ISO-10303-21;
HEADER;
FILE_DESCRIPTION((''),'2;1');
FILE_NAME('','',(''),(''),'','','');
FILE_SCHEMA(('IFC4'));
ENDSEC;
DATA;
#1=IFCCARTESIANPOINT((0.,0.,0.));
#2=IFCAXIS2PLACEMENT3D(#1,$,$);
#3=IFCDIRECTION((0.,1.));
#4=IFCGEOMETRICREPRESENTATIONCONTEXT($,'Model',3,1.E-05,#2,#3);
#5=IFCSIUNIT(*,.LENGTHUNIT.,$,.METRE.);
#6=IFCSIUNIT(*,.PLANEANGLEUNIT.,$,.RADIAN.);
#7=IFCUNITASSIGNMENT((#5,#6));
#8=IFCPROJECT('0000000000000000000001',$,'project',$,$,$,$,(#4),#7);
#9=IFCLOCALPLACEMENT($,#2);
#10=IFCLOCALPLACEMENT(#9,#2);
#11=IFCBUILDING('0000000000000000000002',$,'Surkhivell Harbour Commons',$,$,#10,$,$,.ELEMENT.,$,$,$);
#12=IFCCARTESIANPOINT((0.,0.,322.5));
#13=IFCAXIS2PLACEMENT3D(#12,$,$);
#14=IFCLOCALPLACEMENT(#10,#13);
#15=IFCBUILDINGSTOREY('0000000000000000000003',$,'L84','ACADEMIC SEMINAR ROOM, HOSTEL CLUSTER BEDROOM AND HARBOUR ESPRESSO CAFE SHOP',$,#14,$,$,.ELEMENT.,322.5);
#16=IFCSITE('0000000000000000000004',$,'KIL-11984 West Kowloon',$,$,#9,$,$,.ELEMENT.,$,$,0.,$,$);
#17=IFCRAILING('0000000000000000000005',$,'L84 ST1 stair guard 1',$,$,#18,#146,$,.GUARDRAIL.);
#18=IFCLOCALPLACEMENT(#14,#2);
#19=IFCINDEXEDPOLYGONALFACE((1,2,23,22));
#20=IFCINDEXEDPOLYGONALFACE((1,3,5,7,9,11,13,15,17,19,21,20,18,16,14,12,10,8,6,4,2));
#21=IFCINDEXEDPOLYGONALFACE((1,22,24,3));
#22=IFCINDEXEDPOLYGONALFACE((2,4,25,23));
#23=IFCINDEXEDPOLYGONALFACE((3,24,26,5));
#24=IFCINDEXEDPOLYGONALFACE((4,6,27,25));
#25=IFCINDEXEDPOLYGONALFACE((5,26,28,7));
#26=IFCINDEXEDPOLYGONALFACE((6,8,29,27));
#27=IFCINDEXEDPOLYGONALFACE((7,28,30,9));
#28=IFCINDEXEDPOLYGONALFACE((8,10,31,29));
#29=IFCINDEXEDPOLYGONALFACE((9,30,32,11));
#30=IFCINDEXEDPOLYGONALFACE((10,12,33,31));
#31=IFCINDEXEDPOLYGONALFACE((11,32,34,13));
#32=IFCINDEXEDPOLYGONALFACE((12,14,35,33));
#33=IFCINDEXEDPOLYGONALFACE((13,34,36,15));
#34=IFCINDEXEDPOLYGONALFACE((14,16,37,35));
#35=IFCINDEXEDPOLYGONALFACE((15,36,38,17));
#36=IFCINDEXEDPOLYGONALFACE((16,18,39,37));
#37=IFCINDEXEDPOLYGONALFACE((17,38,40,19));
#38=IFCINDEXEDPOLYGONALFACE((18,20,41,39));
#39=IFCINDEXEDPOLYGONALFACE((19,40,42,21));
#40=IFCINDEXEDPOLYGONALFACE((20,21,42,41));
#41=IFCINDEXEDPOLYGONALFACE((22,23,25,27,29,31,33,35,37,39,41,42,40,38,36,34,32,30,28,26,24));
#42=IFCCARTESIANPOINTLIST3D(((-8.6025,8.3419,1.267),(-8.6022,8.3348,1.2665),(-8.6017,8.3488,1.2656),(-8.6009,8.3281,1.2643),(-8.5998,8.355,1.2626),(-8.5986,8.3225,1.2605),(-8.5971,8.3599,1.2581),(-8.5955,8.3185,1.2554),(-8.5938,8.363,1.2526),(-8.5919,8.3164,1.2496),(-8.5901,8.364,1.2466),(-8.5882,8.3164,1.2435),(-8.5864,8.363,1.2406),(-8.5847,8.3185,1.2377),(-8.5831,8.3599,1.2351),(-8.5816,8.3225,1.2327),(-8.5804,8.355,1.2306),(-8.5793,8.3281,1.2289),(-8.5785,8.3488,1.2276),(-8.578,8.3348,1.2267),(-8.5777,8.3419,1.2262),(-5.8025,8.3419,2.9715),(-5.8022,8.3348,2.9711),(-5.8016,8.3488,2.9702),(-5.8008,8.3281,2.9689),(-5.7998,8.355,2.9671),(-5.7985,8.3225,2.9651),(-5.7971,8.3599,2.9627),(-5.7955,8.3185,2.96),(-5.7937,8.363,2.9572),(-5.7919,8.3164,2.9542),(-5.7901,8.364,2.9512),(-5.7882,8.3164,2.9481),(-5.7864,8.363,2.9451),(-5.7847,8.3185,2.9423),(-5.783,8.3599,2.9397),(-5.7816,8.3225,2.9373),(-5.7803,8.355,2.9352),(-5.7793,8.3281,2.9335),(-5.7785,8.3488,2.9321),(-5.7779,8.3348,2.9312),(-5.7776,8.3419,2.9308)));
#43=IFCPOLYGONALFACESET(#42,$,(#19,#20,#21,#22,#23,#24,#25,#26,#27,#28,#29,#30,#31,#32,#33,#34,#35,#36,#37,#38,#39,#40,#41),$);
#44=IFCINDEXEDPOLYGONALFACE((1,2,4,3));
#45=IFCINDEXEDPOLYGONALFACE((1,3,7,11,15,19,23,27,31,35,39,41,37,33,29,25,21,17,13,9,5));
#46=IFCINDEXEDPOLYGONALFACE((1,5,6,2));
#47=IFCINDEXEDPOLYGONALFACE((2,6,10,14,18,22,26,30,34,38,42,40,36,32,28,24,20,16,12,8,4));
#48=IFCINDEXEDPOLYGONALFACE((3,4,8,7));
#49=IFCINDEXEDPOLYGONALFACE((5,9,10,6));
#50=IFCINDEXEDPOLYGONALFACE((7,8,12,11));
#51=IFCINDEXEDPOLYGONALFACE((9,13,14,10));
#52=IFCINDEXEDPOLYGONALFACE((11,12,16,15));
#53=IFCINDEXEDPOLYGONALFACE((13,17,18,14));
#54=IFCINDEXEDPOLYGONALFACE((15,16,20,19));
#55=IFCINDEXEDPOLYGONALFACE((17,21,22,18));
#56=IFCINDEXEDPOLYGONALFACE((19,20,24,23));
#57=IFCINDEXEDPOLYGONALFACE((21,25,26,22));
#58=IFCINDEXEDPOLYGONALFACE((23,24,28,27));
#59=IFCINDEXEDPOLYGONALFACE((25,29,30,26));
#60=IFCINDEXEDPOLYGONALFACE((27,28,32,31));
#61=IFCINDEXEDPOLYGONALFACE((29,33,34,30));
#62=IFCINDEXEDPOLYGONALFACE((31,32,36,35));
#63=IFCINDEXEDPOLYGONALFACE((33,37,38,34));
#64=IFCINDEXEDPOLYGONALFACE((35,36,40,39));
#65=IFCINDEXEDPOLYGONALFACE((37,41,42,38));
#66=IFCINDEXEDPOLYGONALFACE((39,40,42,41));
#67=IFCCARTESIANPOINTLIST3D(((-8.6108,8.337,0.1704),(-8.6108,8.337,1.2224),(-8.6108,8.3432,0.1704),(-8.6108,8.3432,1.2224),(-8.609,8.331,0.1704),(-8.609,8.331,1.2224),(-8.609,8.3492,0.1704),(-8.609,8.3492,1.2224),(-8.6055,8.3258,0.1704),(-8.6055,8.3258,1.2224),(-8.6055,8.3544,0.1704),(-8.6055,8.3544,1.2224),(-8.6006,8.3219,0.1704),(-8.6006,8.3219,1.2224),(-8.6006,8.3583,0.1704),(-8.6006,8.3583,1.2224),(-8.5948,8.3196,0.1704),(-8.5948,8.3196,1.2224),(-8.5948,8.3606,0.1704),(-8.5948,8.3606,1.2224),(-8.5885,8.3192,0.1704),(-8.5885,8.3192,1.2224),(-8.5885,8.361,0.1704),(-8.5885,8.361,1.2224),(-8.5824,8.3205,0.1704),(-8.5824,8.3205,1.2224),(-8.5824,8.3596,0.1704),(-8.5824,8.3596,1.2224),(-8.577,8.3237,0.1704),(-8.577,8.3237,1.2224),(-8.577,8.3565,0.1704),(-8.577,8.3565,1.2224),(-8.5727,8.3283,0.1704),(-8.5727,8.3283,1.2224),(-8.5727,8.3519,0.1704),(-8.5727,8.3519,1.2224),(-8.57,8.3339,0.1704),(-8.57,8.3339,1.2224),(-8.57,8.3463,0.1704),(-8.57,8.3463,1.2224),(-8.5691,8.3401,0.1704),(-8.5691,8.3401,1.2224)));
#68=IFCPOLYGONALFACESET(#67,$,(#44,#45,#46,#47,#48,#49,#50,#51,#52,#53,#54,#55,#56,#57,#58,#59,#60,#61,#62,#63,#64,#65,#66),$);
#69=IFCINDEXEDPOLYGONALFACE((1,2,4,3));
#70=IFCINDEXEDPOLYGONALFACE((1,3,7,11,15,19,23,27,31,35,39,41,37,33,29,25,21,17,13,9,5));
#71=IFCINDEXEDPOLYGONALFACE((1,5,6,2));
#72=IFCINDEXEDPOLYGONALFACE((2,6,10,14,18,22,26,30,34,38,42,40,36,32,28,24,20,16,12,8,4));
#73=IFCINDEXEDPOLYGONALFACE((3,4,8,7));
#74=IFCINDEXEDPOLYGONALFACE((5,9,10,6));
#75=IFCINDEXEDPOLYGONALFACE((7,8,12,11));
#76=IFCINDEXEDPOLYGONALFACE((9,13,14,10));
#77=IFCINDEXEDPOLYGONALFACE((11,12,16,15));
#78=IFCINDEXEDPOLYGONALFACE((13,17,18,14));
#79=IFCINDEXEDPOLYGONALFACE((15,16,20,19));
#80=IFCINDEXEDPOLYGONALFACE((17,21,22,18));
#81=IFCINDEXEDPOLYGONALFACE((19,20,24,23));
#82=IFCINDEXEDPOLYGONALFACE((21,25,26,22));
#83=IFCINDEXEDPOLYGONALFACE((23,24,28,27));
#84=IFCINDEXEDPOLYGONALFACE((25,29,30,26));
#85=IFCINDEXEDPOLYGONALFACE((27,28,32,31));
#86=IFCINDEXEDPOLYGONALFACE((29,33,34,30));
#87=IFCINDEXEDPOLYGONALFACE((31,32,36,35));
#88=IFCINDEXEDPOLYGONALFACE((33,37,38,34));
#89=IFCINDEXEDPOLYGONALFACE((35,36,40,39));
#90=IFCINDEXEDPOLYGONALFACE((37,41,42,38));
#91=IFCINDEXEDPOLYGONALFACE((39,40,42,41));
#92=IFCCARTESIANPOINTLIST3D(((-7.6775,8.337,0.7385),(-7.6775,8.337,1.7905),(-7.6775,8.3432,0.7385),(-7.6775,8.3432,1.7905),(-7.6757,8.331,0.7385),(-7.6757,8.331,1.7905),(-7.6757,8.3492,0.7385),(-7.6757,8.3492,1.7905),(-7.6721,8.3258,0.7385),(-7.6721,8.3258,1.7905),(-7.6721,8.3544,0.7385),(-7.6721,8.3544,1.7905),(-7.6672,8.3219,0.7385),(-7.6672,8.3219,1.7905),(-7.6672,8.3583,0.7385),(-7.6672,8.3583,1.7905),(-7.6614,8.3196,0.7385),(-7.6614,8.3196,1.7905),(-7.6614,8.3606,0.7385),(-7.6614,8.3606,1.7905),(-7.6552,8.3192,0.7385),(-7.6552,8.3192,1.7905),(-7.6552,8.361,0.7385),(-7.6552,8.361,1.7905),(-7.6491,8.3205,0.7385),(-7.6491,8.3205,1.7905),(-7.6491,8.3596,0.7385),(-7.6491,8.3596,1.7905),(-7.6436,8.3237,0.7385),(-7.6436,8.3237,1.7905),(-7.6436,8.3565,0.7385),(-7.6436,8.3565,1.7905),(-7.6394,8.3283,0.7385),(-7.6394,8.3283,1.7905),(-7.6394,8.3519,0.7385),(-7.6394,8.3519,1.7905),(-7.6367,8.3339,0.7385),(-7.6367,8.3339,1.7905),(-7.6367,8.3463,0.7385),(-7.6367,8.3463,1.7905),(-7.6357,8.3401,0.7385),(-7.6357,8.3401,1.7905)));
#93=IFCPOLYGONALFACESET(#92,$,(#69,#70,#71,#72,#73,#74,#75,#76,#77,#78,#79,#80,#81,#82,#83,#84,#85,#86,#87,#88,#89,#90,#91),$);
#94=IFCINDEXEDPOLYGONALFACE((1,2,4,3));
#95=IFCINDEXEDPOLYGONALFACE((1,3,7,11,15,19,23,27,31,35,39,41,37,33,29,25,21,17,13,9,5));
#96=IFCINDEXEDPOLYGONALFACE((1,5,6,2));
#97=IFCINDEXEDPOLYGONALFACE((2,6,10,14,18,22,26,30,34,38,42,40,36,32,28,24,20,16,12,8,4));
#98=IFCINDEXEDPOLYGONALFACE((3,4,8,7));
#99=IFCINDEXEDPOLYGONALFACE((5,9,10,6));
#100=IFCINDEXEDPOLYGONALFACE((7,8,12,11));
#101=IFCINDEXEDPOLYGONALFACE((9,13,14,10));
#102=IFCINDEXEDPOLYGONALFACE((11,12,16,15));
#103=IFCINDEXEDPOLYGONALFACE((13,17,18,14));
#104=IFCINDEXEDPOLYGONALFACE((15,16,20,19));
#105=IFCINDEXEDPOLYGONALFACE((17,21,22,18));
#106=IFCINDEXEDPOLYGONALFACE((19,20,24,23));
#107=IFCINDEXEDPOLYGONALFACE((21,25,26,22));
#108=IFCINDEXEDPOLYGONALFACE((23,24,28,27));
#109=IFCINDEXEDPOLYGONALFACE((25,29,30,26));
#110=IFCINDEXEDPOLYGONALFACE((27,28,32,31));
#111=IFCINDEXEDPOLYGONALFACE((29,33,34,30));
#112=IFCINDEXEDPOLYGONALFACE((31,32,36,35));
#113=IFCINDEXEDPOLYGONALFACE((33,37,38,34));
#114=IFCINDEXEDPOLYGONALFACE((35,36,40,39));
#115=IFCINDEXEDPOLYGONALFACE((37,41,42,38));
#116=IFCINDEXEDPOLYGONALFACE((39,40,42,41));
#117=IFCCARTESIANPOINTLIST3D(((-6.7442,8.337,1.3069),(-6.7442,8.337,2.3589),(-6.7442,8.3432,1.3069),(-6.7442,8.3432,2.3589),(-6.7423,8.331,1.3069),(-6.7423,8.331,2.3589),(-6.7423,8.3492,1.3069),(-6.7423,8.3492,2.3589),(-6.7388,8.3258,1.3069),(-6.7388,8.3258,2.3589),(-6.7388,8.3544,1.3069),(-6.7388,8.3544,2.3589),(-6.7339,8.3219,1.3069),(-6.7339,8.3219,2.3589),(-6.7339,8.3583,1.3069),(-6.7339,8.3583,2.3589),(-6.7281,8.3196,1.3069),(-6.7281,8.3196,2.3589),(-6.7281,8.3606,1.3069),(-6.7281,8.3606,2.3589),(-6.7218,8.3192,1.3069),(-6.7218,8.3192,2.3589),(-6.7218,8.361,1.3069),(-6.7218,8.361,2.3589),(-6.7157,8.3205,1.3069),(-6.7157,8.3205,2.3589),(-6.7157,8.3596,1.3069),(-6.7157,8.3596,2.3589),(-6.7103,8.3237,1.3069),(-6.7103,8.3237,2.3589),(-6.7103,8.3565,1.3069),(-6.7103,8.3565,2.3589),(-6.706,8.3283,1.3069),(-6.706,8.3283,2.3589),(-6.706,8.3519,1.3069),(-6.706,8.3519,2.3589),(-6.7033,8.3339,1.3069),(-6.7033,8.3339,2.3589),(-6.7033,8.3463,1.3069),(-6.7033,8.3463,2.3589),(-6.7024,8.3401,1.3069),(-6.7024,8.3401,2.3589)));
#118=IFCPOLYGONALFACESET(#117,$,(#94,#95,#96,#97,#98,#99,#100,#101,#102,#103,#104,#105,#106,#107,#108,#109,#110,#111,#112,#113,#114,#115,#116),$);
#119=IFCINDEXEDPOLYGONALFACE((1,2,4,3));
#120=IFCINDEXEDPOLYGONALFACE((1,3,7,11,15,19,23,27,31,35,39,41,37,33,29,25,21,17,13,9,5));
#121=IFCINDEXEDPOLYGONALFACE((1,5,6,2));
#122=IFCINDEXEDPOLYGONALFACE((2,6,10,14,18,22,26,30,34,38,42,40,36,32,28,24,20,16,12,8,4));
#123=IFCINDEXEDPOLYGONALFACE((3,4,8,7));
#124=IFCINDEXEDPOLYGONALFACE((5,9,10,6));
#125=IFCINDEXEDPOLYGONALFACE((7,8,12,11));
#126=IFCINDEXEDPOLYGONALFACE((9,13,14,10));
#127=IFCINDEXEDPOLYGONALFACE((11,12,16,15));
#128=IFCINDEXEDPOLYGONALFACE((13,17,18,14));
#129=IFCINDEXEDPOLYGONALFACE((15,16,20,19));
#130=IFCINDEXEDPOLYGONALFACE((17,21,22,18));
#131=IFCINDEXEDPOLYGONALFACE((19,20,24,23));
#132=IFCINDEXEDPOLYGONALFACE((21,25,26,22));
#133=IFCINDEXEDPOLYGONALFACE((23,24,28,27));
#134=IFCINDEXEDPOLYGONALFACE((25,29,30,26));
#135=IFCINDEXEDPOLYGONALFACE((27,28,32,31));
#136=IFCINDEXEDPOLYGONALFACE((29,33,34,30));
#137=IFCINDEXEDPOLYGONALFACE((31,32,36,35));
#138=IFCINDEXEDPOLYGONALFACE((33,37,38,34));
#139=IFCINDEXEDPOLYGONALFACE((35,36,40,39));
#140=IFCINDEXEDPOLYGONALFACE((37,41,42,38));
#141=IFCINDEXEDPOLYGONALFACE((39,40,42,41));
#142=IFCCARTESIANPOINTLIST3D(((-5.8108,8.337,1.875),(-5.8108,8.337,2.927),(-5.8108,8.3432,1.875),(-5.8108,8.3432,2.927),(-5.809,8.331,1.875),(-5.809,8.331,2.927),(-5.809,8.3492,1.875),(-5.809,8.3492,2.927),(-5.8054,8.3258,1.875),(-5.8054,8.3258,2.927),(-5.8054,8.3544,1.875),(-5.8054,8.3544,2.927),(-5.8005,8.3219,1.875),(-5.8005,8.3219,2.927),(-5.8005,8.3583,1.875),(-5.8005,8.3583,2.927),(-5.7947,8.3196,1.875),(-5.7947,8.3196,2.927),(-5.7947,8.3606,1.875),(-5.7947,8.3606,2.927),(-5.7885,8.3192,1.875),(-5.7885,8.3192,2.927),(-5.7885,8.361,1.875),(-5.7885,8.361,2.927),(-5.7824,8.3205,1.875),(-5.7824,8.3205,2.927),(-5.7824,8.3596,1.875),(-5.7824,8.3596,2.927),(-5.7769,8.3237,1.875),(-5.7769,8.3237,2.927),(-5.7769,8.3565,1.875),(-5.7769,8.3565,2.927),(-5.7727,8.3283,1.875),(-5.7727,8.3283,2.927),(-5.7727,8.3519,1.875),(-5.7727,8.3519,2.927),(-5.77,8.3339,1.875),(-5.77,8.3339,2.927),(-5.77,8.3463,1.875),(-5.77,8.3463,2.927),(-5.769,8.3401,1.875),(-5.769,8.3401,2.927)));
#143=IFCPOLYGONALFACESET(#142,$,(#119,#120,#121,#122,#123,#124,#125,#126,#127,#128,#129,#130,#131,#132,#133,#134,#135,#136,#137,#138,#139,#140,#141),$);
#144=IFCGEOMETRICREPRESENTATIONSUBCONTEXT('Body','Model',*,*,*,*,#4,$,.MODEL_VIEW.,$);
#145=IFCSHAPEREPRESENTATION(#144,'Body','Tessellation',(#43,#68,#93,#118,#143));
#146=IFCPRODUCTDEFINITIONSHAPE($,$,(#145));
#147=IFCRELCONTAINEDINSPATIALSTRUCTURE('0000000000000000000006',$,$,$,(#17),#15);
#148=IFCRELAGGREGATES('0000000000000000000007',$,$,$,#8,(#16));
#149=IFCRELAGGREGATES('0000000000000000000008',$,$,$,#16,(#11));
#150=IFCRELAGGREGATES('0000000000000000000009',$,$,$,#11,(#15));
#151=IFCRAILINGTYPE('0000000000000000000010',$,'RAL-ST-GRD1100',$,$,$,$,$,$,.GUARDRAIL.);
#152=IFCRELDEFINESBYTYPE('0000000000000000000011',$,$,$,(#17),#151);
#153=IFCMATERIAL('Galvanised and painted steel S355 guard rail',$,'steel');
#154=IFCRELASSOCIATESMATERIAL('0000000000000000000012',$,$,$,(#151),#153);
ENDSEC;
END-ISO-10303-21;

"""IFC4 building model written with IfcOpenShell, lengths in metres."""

from ifc_helpers import new_model, si_unit, direction, frame, origin, origin_2d, place, context, subcontext, project, spatial, circle, extrude, material, type_object, element, save


model = new_model("IFC4")

# Units and contexts
model_context = context("Model", 3, precision=1e-05, world=origin(), true_north=direction((0.0, 1.0)))
body_context = subcontext(model_context, "Body", "Model", "MODEL_VIEW")
ifc_project = project(units=[si_unit("LENGTHUNIT", "METRE"), si_unit("PLANEANGLEUNIT", "RADIAN")], contexts=[model_context])

# Site, building, storey
site_placement = place(None, origin())
site = spatial("IfcSite", under=ifc_project, at=site_placement, Name="KIL-11984 West Kowloon", CompositionType="ELEMENT", RefElevation=0.0)
building_placement = place(site_placement, origin())
building = spatial("IfcBuilding", under=site, at=building_placement, Name="Surkhivell Harbour Commons", CompositionType="ELEMENT")
storey_placement = place(building_placement, frame((0.0, 0.0, 322.5)))
storey = spatial("IfcBuildingStorey", under=building, at=storey_placement, Name="L84", Description="ACADEMIC SEMINAR ROOM, HOSTEL CLUSTER BEDROOM AND HARBOUR ESPRESSO CAFE SHOP", CompositionType="ELEMENT", Elevation=322.5)

# Railing
ifc_material_1 = material(Name="Galvanised and painted steel S355 guard rail", Category="steel")
railing_type_1 = type_object("IfcRailingType", Name="RAL-ST-GRD1100", PredefinedType="GUARDRAIL", material=ifc_material_1)
railing_1_placement = place(storey_placement, frame((-8.5901, 8.3401, 0.1704)))
element("IfcRailing", 1, at=railing_1_placement, inside=storey, type_object=railing_type_1, Name="L84 ST1 stair guard 1", PredefinedType="GUARDRAIL", context=body_context, shape_type="SweptSolid", body=[
    extrude(circle(Radius=0.0239, at=origin_2d()), frame((0.0, 0.0, 1.0762), z_axis=(0.85417, 0.0, 0.519994), x_axis=(0.0, 1.0, 0.0)), (0.0, 0.0, 1.0), 3.2781),
    extrude(circle(Radius=0.021, at=origin_2d()), origin(), (0.0, 0.0, 1.0), 1.052),
    extrude(circle(Radius=0.021, at=origin_2d()), frame((0.9333, 0.0, 0.5681)), (0.0, 0.0, 1.0), 1.052),
    extrude(circle(Radius=0.021, at=origin_2d()), frame((1.8667, 0.0, 1.1365)), (0.0, 0.0, 1.0), 1.052),
    extrude(circle(Radius=0.021, at=origin_2d()), frame((2.8, 0.0, 1.7046)), (0.0, 0.0, 1.0), 1.052),
])

save(model, "model.ifc")
